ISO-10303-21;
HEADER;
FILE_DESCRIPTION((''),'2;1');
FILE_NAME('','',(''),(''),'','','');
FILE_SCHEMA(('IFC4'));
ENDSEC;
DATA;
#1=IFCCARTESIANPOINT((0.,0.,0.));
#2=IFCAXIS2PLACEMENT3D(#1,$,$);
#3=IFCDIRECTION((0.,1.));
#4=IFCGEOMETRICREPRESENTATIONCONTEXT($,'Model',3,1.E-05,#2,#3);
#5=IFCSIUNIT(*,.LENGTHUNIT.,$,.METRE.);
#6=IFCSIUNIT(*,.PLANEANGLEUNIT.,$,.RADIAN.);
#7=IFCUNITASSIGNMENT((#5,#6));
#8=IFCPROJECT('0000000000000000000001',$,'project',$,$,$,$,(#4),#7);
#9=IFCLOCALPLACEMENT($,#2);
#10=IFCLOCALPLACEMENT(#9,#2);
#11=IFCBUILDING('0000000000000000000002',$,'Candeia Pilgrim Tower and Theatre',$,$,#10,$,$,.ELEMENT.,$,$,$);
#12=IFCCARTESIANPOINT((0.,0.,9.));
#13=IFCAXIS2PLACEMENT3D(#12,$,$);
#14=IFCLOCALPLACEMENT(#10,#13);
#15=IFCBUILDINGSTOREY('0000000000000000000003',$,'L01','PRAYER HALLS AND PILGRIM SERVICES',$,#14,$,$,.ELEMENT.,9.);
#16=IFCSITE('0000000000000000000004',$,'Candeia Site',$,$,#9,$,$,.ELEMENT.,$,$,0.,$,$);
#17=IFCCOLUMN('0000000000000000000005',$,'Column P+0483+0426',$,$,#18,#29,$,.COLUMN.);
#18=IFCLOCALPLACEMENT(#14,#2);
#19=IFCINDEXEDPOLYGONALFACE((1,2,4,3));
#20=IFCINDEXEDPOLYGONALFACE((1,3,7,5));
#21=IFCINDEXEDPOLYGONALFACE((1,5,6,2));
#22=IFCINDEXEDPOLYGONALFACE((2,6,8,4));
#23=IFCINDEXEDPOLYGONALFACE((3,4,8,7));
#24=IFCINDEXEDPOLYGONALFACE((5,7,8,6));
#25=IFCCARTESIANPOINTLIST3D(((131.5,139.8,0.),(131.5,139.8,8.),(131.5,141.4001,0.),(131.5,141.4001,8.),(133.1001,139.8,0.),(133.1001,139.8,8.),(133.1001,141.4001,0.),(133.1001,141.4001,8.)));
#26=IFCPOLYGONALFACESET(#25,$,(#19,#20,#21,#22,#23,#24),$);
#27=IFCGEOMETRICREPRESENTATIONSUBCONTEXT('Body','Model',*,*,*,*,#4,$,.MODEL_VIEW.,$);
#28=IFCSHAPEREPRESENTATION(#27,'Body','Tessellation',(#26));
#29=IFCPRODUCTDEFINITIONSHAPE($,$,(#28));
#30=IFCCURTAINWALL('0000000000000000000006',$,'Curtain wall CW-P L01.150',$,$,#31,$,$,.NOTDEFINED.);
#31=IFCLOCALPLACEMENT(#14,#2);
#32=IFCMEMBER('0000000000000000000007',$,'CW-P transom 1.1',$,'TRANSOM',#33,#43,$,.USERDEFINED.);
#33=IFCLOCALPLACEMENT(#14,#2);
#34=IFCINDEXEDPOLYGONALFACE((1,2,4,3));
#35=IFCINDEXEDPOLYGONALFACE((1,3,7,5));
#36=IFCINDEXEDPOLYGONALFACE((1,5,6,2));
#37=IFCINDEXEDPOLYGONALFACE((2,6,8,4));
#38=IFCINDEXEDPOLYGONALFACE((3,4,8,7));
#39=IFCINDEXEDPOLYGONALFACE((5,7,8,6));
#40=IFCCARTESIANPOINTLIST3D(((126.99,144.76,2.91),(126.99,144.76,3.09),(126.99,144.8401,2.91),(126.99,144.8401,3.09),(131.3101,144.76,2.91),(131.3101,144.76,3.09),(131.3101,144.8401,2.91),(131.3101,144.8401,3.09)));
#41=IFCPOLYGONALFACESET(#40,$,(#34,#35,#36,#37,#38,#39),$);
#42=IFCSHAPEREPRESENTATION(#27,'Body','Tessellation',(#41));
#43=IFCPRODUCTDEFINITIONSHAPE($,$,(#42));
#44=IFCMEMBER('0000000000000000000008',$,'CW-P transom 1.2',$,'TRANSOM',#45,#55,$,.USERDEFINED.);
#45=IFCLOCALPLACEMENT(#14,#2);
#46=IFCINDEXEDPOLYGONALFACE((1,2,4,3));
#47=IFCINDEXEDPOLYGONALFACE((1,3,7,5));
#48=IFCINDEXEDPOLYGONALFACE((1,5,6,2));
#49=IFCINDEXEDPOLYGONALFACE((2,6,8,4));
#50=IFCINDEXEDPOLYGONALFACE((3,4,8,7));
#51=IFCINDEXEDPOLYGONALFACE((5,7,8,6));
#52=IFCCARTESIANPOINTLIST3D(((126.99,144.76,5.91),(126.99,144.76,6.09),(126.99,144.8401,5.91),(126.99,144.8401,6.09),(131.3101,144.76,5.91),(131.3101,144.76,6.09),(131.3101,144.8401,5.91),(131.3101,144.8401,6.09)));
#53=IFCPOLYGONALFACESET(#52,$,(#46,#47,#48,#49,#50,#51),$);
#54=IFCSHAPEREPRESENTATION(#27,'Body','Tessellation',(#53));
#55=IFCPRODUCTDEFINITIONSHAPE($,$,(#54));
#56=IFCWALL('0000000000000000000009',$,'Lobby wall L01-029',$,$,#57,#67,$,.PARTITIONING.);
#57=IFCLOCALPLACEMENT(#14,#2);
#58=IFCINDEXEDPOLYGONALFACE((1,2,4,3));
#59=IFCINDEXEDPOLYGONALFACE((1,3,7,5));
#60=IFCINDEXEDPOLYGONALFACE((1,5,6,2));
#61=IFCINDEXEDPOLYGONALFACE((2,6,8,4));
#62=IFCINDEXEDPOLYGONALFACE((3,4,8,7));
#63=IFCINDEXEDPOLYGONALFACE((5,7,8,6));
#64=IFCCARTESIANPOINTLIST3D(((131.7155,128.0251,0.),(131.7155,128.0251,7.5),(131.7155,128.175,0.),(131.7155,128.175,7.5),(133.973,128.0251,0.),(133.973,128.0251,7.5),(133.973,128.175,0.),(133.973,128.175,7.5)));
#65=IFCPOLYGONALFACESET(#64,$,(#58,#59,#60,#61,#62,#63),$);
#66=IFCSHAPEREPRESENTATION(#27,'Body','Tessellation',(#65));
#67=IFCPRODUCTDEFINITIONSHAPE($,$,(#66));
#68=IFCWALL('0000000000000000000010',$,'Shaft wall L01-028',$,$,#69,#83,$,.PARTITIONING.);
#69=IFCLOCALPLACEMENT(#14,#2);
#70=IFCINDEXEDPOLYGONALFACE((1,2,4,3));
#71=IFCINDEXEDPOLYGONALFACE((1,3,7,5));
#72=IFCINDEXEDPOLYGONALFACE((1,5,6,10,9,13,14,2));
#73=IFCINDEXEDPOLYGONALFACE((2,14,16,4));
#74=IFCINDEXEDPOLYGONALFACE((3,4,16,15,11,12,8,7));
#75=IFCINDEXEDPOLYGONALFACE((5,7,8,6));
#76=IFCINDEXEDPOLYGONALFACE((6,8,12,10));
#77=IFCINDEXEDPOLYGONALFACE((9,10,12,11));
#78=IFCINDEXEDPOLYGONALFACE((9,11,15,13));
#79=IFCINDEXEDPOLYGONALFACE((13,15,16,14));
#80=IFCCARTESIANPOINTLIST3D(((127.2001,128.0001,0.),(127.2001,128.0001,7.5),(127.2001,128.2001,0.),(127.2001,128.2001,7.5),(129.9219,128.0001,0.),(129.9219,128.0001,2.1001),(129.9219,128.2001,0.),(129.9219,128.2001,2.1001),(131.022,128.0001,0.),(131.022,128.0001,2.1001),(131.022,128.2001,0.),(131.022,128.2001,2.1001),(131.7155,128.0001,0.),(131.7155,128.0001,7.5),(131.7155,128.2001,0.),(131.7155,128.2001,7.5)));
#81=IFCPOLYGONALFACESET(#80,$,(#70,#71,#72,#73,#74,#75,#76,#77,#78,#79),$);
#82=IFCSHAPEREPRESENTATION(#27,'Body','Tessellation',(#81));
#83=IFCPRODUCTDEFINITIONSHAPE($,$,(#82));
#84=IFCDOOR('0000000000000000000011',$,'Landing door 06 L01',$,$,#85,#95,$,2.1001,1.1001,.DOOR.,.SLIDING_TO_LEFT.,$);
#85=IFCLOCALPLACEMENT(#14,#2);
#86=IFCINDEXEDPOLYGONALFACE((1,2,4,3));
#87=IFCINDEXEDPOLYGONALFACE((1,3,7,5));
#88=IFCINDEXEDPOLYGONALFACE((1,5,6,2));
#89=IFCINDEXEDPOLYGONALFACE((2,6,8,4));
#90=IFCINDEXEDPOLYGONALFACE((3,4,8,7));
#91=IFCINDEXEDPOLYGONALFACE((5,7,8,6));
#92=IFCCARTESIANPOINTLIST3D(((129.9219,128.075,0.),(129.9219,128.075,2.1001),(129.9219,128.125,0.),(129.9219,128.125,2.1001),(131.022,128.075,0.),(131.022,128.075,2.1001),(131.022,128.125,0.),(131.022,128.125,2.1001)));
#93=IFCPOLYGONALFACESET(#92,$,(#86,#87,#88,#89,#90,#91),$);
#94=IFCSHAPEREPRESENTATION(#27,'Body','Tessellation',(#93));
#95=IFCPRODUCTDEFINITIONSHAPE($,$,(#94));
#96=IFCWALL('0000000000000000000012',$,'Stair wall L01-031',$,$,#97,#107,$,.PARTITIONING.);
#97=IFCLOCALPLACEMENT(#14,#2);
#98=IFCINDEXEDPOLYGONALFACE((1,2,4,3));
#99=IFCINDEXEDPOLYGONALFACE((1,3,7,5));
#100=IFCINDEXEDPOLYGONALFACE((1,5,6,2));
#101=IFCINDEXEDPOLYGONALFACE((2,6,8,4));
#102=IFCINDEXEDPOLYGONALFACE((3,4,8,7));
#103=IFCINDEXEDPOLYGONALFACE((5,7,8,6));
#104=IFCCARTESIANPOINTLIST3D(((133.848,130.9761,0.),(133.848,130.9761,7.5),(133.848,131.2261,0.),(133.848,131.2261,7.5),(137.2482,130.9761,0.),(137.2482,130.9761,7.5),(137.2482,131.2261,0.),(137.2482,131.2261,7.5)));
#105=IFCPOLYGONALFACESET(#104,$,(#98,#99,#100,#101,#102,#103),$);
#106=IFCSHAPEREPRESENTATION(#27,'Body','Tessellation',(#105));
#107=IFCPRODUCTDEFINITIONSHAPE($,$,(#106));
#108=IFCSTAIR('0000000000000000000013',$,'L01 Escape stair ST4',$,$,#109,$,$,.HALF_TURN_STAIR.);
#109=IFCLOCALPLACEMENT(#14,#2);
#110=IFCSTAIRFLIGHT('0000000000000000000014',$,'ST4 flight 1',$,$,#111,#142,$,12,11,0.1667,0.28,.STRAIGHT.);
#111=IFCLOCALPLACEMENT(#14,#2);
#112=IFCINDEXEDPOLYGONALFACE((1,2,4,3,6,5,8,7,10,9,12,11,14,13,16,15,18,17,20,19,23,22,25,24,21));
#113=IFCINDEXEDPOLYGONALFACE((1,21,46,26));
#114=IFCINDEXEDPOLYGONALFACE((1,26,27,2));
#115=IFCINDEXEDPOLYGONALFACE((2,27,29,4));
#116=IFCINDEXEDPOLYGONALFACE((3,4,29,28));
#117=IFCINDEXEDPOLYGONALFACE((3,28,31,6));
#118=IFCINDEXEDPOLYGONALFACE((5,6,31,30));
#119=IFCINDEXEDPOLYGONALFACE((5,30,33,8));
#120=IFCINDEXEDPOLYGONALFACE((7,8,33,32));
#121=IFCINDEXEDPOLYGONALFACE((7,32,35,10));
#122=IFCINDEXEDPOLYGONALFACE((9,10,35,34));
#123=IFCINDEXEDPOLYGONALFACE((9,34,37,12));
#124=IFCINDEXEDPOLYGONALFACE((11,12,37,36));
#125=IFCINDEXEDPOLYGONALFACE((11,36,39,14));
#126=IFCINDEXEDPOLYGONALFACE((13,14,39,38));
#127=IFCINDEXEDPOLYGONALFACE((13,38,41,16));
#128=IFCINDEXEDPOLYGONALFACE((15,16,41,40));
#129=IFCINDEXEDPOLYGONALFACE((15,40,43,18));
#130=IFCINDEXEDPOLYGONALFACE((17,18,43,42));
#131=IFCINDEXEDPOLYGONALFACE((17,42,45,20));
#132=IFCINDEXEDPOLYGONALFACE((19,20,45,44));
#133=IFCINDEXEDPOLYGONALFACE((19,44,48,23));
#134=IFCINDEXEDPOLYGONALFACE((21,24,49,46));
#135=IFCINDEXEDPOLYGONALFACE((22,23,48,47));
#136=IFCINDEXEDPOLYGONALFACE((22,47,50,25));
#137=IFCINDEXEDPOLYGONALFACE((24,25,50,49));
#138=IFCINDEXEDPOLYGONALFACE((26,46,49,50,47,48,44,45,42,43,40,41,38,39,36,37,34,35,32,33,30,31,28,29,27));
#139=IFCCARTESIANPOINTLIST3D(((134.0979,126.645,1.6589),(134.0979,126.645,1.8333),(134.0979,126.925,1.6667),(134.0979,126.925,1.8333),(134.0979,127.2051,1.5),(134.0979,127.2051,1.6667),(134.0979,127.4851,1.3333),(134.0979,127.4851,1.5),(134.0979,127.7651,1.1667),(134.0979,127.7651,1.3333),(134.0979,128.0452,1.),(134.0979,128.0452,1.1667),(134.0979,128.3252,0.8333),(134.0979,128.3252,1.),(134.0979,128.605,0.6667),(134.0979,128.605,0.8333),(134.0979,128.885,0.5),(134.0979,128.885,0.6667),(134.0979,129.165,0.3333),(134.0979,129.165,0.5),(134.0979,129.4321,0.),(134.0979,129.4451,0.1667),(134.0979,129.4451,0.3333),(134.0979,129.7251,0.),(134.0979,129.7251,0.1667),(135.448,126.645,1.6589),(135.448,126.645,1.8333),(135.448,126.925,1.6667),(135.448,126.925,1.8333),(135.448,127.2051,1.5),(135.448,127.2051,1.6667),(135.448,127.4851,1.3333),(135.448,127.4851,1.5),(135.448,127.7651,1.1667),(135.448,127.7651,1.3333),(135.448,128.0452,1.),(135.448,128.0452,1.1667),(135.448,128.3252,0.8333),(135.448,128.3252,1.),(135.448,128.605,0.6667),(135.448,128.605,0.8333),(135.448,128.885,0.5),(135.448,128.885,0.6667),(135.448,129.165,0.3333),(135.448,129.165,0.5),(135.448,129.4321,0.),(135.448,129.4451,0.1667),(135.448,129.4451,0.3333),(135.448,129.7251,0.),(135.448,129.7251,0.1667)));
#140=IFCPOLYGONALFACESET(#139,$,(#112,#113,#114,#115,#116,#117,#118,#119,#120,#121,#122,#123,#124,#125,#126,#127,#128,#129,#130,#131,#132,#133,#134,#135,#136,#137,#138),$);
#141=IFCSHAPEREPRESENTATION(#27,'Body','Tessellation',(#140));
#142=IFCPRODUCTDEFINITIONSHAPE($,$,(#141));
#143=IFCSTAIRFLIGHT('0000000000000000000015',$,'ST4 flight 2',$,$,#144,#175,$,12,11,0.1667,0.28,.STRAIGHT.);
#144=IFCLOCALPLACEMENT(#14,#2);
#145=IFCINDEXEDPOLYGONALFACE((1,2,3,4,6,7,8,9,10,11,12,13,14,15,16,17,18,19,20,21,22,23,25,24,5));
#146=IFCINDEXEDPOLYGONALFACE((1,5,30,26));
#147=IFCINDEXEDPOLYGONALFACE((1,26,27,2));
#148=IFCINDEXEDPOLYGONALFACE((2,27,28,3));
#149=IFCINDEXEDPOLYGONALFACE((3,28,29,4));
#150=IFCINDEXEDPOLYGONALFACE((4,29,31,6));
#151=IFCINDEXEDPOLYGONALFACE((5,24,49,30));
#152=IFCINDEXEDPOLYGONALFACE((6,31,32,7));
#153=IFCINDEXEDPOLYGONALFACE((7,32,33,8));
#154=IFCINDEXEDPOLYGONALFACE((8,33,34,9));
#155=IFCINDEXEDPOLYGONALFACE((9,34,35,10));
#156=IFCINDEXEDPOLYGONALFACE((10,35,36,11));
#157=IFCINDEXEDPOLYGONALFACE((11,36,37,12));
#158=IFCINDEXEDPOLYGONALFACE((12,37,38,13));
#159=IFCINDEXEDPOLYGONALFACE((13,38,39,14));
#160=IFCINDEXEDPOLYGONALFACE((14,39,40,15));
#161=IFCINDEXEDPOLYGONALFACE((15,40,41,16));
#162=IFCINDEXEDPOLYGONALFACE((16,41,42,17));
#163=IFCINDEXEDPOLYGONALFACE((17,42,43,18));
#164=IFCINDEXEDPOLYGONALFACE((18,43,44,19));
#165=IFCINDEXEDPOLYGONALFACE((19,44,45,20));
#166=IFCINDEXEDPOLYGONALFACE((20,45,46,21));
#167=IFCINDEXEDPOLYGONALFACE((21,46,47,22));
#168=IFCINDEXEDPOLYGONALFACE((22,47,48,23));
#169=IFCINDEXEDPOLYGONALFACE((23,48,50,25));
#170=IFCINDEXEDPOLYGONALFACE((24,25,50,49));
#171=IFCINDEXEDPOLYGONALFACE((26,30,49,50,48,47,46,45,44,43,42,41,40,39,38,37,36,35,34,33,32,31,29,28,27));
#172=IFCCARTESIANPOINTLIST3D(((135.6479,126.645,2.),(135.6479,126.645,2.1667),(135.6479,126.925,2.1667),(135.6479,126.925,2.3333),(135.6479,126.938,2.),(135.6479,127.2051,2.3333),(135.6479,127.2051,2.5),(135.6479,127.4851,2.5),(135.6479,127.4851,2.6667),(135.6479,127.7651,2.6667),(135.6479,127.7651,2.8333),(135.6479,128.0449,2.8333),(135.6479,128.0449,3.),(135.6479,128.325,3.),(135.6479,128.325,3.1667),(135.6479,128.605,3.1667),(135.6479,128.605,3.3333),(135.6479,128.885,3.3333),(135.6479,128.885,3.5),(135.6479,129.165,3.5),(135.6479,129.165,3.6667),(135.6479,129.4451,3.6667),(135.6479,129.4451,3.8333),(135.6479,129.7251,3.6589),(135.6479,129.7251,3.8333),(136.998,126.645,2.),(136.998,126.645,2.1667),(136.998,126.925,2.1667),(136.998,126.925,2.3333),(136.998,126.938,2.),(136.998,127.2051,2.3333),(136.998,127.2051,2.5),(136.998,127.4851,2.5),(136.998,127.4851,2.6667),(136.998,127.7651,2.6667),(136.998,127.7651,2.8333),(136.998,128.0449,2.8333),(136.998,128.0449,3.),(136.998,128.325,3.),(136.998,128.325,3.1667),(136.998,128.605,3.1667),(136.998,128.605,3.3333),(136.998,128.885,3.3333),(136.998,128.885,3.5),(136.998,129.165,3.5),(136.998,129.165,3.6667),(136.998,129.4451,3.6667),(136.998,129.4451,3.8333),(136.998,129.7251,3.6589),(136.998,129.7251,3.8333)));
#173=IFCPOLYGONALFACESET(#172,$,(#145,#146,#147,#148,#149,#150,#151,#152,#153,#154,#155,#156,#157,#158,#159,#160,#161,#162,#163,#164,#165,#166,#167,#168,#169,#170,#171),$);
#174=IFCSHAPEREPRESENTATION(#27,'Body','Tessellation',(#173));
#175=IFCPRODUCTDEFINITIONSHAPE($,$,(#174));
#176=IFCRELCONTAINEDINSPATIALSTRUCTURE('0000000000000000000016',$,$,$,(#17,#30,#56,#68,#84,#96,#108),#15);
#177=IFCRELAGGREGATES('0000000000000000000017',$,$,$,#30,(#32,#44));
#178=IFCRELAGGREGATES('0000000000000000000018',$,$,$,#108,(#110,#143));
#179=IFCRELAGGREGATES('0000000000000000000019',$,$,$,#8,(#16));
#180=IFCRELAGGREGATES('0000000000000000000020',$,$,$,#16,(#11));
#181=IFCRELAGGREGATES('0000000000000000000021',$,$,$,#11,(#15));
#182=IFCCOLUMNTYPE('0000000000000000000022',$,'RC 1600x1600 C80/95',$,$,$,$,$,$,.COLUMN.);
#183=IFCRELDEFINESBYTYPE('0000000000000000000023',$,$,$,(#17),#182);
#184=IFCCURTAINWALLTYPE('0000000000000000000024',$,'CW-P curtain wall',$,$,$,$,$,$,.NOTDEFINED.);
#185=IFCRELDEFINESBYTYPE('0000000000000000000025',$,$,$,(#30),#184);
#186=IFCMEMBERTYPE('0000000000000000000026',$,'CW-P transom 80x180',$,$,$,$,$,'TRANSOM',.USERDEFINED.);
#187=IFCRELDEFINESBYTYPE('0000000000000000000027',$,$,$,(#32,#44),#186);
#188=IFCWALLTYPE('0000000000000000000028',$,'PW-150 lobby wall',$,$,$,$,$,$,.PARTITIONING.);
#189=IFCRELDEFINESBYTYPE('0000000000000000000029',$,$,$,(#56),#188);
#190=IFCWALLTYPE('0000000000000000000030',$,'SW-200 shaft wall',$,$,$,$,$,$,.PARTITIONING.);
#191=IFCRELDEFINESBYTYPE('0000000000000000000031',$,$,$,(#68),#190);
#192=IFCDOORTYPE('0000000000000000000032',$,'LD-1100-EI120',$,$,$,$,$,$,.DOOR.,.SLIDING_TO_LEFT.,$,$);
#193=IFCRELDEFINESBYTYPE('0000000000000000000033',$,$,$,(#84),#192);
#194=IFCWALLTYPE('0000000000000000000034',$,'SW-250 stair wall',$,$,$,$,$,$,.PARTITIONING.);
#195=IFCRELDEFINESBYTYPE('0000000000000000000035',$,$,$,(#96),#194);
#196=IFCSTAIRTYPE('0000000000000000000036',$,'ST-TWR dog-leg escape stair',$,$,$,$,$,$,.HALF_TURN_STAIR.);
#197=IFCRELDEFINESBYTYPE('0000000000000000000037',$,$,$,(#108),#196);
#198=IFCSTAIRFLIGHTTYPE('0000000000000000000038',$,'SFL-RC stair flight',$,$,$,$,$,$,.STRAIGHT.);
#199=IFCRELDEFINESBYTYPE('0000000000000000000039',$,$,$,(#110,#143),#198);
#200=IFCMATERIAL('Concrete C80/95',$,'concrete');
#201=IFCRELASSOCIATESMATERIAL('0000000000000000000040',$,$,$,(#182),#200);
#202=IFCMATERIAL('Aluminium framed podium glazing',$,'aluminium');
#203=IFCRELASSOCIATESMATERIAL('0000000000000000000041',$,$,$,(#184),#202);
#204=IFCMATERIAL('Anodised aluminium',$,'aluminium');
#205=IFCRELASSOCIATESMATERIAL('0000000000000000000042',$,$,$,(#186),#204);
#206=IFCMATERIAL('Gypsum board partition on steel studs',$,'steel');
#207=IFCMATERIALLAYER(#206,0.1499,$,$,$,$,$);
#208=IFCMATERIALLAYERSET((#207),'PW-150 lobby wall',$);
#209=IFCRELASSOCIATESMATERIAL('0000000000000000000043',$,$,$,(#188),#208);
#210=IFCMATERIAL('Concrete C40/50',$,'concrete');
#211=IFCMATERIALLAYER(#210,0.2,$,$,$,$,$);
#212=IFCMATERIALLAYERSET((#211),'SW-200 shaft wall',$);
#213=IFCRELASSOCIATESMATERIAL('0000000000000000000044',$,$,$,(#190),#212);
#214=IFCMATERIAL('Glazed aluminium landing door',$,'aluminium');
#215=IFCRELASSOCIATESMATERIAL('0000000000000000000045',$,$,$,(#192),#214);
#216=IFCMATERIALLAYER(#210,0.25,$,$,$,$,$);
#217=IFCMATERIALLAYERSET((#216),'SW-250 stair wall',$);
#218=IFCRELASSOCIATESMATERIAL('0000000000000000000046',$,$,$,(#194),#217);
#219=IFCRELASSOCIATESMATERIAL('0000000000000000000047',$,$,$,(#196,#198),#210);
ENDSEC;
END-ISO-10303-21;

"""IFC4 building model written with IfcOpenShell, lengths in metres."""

from ifc_helpers import new_model, si_unit, direction, frame, frame_2d, origin, origin_2d, place, context, subcontext, project, spatial, polyline, rectangle, outline, extrude, material, layer, layer_set, material_profile, profile_set, type_object, element, fill, aggregate, save


model = new_model("IFC4")

# Units and contexts
model_context = context("Model", 3, precision=1e-05, world=origin(), true_north=direction((0.0, 1.0)))
body_context = subcontext(model_context, "Body", "Model", "MODEL_VIEW")
ifc_project = project(units=[si_unit("LENGTHUNIT", "METRE"), si_unit("PLANEANGLEUNIT", "RADIAN")], contexts=[model_context])

# Site, building, storey
site_placement = place(None, origin())
site = spatial("IfcSite", under=ifc_project, at=site_placement, Name="Candeia Site", CompositionType="ELEMENT", RefElevation=0.0)
building_placement = place(site_placement, origin())
building = spatial("IfcBuilding", under=site, at=building_placement, Name="Candeia Pilgrim Tower and Theatre", CompositionType="ELEMENT")
storey_placement = place(building_placement, frame((0.0, 0.0, 9.0)))
storey = spatial("IfcBuildingStorey", under=building, at=storey_placement, Name="L01", Description="PRAYER HALLS AND PILGRIM SERVICES", CompositionType="ELEMENT", Elevation=9.0)

# Column
ifc_material_1 = material(Name="Concrete C80/95", Category="concrete")
ifc_material_profile_1 = material_profile(ifc_material_1, rectangle(XDim=1.6001, YDim=1.6001, at=origin_2d()))
ifc_profile_set_1 = profile_set([ifc_material_profile_1], Name="Concrete C80/95")
column_type = type_object("IfcColumnType", Name="RC 1600x1600 C80/95", PredefinedType="COLUMN", material=ifc_profile_set_1)
column_placement = place(storey_placement, frame((132.3, 140.6001, 0.0), z_axis=(0.0, 0.0, 1.0), x_axis=(1.0, 0.0, 0.0)))
element("IfcColumn", 1, at=column_placement, inside=storey, type_object=column_type, Name="Column P+0483+0426", PredefinedType="COLUMN", context=body_context, shape_type="SweptSolid", body=[
    extrude(rectangle(XDim=1.6001, YDim=1.6001, at=origin_2d()), origin(), (0.0, 0.0, 1.0), 8.0),
])

# Curtain wall, members
ifc_material_2 = material(Name="Aluminium framed podium glazing", Category="aluminium")
curtain_wall_type = type_object("IfcCurtainWallType", Name="CW-P curtain wall", PredefinedType="NOTDEFINED", material=ifc_material_2)
curtain_wall_placement = place(storey_placement, origin())
curtain_wall = element("IfcCurtainWall", 2, at=curtain_wall_placement, inside=storey, type_object=curtain_wall_type, Name="Curtain wall CW-P L01.150", PredefinedType="NOTDEFINED")
ifc_material_3 = material(Name="Anodised aluminium", Category="aluminium")
ifc_material_profile_2 = material_profile(ifc_material_3, rectangle(XDim=0.0801, YDim=0.1799, at=origin_2d()))
ifc_profile_set_2 = profile_set([ifc_material_profile_2], Name="Anodised aluminium")
member_type = type_object("IfcMemberType", Name="CW-P transom 80x180", ElementType="TRANSOM", PredefinedType="USERDEFINED", material=ifc_profile_set_2)
member_1_placement = place(storey_placement, frame((126.99, 144.8, 3.0), z_axis=(1.0, 0.0, 0.0), x_axis=(0.0, 1.0, 0.0)))
member_1 = element("IfcMember", 3, at=member_1_placement, type_object=member_type, Name="CW-P transom 1.1", ObjectType="TRANSOM", PredefinedType="USERDEFINED", context=body_context, shape_type="SweptSolid", body=[
    extrude(rectangle(XDim=0.0801, YDim=0.1799, at=origin_2d()), origin(), (0.0, 0.0, 1.0), 4.3201),
])
member_2_placement = place(storey_placement, frame((126.99, 144.8, 6.0), z_axis=(1.0, 0.0, 0.0), x_axis=(0.0, 1.0, 0.0)))
member_2 = element("IfcMember", 4, at=member_2_placement, type_object=member_type, Name="CW-P transom 1.2", ObjectType="TRANSOM", PredefinedType="USERDEFINED", context=body_context, shape_type="SweptSolid", body=[
    extrude(rectangle(XDim=0.0801, YDim=0.1799, at=origin_2d()), origin(), (0.0, 0.0, 1.0), 4.3201),
])
aggregate(curtain_wall, [member_1, member_2])

# Wall
ifc_material_4 = material(Name="Gypsum board partition on steel studs", Category="steel")
ifc_layer_1 = layer(ifc_material_4, 0.1499)
ifc_layer_set_1 = layer_set([ifc_layer_1], Name="PW-150 lobby wall")
wall_type_1 = type_object("IfcWallType", Name="PW-150 lobby wall", PredefinedType="PARTITIONING", material=ifc_layer_set_1)
wall_1_placement = place(storey_placement, frame((131.7153, 128.1001, 0.0), z_axis=(0.0, 0.0, 1.0), x_axis=(1.0, 0.0, 0.0)))
element("IfcWall", 5, at=wall_1_placement, inside=storey, type_object=wall_type_1, Name="Lobby wall L01-029", PredefinedType="PARTITIONING", context=body_context, shape_type="SweptSolid", body=[
    extrude(rectangle(XDim=2.2576, YDim=0.1499, at=frame_2d((1.1289, 0.0))), origin(), (0.0, 0.0, 1.0), 7.5),
])

# Wall, opening, door
ifc_material_5 = material(Name="Concrete C40/50", Category="concrete")
ifc_layer_2 = layer(ifc_material_5, 0.2)
ifc_layer_set_2 = layer_set([ifc_layer_2], Name="SW-200 shaft wall")
wall_type_2 = type_object("IfcWallType", Name="SW-200 shaft wall", PredefinedType="PARTITIONING", material=ifc_layer_set_2)
wall_2_placement = place(storey_placement, frame((127.2, 128.1001, 0.0), z_axis=(0.0, 0.0, 1.0), x_axis=(1.0, 0.0, 0.0)))
wall_2 = element("IfcWall", 6, at=wall_2_placement, inside=storey, type_object=wall_type_2, Name="Shaft wall L01-028", PredefinedType="PARTITIONING", context=body_context, shape_type="SweptSolid", body=[
    extrude(rectangle(XDim=4.5154, YDim=0.2, at=frame_2d((2.2578, 0.0))), origin(), (0.0, 0.0, 1.0), 7.5),
])
opening_placement = place(wall_2_placement, frame((2.7219, 0.0, 0.0)))
opening = element("IfcOpeningElement", 7, at=opening_placement, cuts=wall_2, PredefinedType="OPENING", context=body_context, shape_type="SweptSolid", body=[
    extrude(rectangle(XDim=1.1001, YDim=2.1001, at=frame_2d((0.55, 1.05))), frame((0.0, 0.1099, 0.0), z_axis=(0.0, -1.0, 0.0), x_axis=(1.0, 0.0, 0.0)), (0.0, 0.0, 1.0), 0.22),
])
ifc_material_6 = material(Name="Glazed aluminium landing door", Category="aluminium")
door_type = type_object("IfcDoorType", Name="LD-1100-EI120", OperationType="SLIDING_TO_LEFT", PredefinedType="DOOR", material=ifc_material_6)
door_placement = place(opening_placement, origin())
door = element("IfcDoor", 8, at=door_placement, inside=storey, type_object=door_type, Name="Landing door 06 L01", OperationType="SLIDING_TO_LEFT", OverallHeight=2.1001, OverallWidth=1.1001, PredefinedType="DOOR", context=body_context, shape_type="SweptSolid", body=[
    extrude(rectangle(XDim=1.1001, YDim=2.1001, at=frame_2d((0.55, 1.05))), frame((0.0, 0.0249, 0.0), z_axis=(0.0, -1.0, 0.0), x_axis=(1.0, 0.0, 0.0)), (0.0, 0.0, 1.0), 0.05),
])
fill(opening, door)

# Wall
ifc_layer_3 = layer(ifc_material_5, 0.25)
ifc_layer_set_3 = layer_set([ifc_layer_3], Name="SW-250 stair wall")
wall_type_3 = type_object("IfcWallType", Name="SW-250 stair wall", PredefinedType="PARTITIONING", material=ifc_layer_set_3)
wall_3_placement = place(storey_placement, frame((133.8479, 131.1011, 0.0), z_axis=(0.0, 0.0, 1.0), x_axis=(1.0, 0.0, 0.0)))
element("IfcWall", 9, at=wall_3_placement, inside=storey, type_object=wall_type_3, Name="Stair wall L01-031", PredefinedType="PARTITIONING", context=body_context, shape_type="SweptSolid", body=[
    extrude(rectangle(XDim=3.4001, YDim=0.25, at=frame_2d((1.7002, 0.0))), origin(), (0.0, 0.0, 1.0), 7.5),
])

# Stair, stair flights
stair_type = type_object("IfcStairType", Name="ST-TWR dog-leg escape stair", PredefinedType="HALF_TURN_STAIR", material=ifc_material_5)
stair_placement = place(storey_placement, origin())
stair = element("IfcStair", 10, at=stair_placement, inside=storey, type_object=stair_type, Name="L01 Escape stair ST4", PredefinedType="HALF_TURN_STAIR")
stair_flight_type = type_object("IfcStairFlightType", Name="SFL-RC stair flight", PredefinedType="STRAIGHT", material=ifc_material_5)
stair_flight_1_placement = place(storey_placement, frame((134.7729, 129.7251, 0.0), z_axis=(0.0, 0.0, 1.0), x_axis=(0.0, -1.0, 0.0)))
stair_flight_1 = element("IfcStairFlight", 11, at=stair_flight_1_placement, type_object=stair_flight_type, Name="ST4 flight 1", NumberOfRisers=12, NumberOfTreads=11, PredefinedType="STRAIGHT", RiserHeight=0.1667, TreadLength=0.28, context=body_context, shape_type="SweptSolid", body=[
    extrude(outline(polyline([(0.0, 0.0), (0.0, 0.1667), (0.28, 0.1667), (0.28, 0.3333), (0.5601, 0.3333), (0.5601, 0.5), (0.8401, 0.5), (0.8401, 0.6667), (1.1201, 0.6667), (1.1201, 0.8333), (1.3999, 0.8333), (1.3999, 1.0), (1.6799, 1.0), (1.6799, 1.1667), (1.96, 1.1667), (1.96, 1.3333), (2.24, 1.3333), (2.24, 1.5), (2.52, 1.5), (2.52, 1.6667), (2.8, 1.6667), (2.8, 1.8333), (3.0801, 1.8333), (3.0801, 2.0), (3.0801, 1.6589), (0.293, 0.0), (0.0, 0.0)])), frame((0.0, 0.675, 0.0), z_axis=(0.0, -1.0, 0.0), x_axis=(1.0, 0.0, 0.0)), (0.0, 0.0, 1.0), 1.3501),
])
stair_flight_2_placement = place(storey_placement, frame((136.323, 126.645, 2.0), z_axis=(0.0, 0.0, 1.0), x_axis=(0.0, 1.0, 0.0)))
stair_flight_2 = element("IfcStairFlight", 12, at=stair_flight_2_placement, type_object=stair_flight_type, Name="ST4 flight 2", NumberOfRisers=12, NumberOfTreads=11, PredefinedType="STRAIGHT", RiserHeight=0.1667, TreadLength=0.28, context=body_context, shape_type="SweptSolid", body=[
    extrude(outline(polyline([(0.0, 0.0), (0.0, 0.1667), (0.28, 0.1667), (0.28, 0.3333), (0.5601, 0.3333), (0.5601, 0.5), (0.8401, 0.5), (0.8401, 0.6667), (1.1201, 0.6667), (1.1201, 0.8333), (1.3999, 0.8333), (1.3999, 1.0), (1.6799, 1.0), (1.6799, 1.1667), (1.96, 1.1667), (1.96, 1.3333), (2.24, 1.3333), (2.24, 1.5), (2.52, 1.5), (2.52, 1.6667), (2.8, 1.6667), (2.8, 1.8333), (3.0801, 1.8333), (3.0801, 2.0), (3.0801, 1.6589), (0.293, 0.0), (0.0, 0.0)])), frame((0.0, 0.675, 0.0), z_axis=(0.0, -1.0, 0.0), x_axis=(1.0, 0.0, 0.0)), (0.0, 0.0, 1.0), 1.3501),
])
aggregate(stair, [stair_flight_1, stair_flight_2])

save(model, "model.ifc")
